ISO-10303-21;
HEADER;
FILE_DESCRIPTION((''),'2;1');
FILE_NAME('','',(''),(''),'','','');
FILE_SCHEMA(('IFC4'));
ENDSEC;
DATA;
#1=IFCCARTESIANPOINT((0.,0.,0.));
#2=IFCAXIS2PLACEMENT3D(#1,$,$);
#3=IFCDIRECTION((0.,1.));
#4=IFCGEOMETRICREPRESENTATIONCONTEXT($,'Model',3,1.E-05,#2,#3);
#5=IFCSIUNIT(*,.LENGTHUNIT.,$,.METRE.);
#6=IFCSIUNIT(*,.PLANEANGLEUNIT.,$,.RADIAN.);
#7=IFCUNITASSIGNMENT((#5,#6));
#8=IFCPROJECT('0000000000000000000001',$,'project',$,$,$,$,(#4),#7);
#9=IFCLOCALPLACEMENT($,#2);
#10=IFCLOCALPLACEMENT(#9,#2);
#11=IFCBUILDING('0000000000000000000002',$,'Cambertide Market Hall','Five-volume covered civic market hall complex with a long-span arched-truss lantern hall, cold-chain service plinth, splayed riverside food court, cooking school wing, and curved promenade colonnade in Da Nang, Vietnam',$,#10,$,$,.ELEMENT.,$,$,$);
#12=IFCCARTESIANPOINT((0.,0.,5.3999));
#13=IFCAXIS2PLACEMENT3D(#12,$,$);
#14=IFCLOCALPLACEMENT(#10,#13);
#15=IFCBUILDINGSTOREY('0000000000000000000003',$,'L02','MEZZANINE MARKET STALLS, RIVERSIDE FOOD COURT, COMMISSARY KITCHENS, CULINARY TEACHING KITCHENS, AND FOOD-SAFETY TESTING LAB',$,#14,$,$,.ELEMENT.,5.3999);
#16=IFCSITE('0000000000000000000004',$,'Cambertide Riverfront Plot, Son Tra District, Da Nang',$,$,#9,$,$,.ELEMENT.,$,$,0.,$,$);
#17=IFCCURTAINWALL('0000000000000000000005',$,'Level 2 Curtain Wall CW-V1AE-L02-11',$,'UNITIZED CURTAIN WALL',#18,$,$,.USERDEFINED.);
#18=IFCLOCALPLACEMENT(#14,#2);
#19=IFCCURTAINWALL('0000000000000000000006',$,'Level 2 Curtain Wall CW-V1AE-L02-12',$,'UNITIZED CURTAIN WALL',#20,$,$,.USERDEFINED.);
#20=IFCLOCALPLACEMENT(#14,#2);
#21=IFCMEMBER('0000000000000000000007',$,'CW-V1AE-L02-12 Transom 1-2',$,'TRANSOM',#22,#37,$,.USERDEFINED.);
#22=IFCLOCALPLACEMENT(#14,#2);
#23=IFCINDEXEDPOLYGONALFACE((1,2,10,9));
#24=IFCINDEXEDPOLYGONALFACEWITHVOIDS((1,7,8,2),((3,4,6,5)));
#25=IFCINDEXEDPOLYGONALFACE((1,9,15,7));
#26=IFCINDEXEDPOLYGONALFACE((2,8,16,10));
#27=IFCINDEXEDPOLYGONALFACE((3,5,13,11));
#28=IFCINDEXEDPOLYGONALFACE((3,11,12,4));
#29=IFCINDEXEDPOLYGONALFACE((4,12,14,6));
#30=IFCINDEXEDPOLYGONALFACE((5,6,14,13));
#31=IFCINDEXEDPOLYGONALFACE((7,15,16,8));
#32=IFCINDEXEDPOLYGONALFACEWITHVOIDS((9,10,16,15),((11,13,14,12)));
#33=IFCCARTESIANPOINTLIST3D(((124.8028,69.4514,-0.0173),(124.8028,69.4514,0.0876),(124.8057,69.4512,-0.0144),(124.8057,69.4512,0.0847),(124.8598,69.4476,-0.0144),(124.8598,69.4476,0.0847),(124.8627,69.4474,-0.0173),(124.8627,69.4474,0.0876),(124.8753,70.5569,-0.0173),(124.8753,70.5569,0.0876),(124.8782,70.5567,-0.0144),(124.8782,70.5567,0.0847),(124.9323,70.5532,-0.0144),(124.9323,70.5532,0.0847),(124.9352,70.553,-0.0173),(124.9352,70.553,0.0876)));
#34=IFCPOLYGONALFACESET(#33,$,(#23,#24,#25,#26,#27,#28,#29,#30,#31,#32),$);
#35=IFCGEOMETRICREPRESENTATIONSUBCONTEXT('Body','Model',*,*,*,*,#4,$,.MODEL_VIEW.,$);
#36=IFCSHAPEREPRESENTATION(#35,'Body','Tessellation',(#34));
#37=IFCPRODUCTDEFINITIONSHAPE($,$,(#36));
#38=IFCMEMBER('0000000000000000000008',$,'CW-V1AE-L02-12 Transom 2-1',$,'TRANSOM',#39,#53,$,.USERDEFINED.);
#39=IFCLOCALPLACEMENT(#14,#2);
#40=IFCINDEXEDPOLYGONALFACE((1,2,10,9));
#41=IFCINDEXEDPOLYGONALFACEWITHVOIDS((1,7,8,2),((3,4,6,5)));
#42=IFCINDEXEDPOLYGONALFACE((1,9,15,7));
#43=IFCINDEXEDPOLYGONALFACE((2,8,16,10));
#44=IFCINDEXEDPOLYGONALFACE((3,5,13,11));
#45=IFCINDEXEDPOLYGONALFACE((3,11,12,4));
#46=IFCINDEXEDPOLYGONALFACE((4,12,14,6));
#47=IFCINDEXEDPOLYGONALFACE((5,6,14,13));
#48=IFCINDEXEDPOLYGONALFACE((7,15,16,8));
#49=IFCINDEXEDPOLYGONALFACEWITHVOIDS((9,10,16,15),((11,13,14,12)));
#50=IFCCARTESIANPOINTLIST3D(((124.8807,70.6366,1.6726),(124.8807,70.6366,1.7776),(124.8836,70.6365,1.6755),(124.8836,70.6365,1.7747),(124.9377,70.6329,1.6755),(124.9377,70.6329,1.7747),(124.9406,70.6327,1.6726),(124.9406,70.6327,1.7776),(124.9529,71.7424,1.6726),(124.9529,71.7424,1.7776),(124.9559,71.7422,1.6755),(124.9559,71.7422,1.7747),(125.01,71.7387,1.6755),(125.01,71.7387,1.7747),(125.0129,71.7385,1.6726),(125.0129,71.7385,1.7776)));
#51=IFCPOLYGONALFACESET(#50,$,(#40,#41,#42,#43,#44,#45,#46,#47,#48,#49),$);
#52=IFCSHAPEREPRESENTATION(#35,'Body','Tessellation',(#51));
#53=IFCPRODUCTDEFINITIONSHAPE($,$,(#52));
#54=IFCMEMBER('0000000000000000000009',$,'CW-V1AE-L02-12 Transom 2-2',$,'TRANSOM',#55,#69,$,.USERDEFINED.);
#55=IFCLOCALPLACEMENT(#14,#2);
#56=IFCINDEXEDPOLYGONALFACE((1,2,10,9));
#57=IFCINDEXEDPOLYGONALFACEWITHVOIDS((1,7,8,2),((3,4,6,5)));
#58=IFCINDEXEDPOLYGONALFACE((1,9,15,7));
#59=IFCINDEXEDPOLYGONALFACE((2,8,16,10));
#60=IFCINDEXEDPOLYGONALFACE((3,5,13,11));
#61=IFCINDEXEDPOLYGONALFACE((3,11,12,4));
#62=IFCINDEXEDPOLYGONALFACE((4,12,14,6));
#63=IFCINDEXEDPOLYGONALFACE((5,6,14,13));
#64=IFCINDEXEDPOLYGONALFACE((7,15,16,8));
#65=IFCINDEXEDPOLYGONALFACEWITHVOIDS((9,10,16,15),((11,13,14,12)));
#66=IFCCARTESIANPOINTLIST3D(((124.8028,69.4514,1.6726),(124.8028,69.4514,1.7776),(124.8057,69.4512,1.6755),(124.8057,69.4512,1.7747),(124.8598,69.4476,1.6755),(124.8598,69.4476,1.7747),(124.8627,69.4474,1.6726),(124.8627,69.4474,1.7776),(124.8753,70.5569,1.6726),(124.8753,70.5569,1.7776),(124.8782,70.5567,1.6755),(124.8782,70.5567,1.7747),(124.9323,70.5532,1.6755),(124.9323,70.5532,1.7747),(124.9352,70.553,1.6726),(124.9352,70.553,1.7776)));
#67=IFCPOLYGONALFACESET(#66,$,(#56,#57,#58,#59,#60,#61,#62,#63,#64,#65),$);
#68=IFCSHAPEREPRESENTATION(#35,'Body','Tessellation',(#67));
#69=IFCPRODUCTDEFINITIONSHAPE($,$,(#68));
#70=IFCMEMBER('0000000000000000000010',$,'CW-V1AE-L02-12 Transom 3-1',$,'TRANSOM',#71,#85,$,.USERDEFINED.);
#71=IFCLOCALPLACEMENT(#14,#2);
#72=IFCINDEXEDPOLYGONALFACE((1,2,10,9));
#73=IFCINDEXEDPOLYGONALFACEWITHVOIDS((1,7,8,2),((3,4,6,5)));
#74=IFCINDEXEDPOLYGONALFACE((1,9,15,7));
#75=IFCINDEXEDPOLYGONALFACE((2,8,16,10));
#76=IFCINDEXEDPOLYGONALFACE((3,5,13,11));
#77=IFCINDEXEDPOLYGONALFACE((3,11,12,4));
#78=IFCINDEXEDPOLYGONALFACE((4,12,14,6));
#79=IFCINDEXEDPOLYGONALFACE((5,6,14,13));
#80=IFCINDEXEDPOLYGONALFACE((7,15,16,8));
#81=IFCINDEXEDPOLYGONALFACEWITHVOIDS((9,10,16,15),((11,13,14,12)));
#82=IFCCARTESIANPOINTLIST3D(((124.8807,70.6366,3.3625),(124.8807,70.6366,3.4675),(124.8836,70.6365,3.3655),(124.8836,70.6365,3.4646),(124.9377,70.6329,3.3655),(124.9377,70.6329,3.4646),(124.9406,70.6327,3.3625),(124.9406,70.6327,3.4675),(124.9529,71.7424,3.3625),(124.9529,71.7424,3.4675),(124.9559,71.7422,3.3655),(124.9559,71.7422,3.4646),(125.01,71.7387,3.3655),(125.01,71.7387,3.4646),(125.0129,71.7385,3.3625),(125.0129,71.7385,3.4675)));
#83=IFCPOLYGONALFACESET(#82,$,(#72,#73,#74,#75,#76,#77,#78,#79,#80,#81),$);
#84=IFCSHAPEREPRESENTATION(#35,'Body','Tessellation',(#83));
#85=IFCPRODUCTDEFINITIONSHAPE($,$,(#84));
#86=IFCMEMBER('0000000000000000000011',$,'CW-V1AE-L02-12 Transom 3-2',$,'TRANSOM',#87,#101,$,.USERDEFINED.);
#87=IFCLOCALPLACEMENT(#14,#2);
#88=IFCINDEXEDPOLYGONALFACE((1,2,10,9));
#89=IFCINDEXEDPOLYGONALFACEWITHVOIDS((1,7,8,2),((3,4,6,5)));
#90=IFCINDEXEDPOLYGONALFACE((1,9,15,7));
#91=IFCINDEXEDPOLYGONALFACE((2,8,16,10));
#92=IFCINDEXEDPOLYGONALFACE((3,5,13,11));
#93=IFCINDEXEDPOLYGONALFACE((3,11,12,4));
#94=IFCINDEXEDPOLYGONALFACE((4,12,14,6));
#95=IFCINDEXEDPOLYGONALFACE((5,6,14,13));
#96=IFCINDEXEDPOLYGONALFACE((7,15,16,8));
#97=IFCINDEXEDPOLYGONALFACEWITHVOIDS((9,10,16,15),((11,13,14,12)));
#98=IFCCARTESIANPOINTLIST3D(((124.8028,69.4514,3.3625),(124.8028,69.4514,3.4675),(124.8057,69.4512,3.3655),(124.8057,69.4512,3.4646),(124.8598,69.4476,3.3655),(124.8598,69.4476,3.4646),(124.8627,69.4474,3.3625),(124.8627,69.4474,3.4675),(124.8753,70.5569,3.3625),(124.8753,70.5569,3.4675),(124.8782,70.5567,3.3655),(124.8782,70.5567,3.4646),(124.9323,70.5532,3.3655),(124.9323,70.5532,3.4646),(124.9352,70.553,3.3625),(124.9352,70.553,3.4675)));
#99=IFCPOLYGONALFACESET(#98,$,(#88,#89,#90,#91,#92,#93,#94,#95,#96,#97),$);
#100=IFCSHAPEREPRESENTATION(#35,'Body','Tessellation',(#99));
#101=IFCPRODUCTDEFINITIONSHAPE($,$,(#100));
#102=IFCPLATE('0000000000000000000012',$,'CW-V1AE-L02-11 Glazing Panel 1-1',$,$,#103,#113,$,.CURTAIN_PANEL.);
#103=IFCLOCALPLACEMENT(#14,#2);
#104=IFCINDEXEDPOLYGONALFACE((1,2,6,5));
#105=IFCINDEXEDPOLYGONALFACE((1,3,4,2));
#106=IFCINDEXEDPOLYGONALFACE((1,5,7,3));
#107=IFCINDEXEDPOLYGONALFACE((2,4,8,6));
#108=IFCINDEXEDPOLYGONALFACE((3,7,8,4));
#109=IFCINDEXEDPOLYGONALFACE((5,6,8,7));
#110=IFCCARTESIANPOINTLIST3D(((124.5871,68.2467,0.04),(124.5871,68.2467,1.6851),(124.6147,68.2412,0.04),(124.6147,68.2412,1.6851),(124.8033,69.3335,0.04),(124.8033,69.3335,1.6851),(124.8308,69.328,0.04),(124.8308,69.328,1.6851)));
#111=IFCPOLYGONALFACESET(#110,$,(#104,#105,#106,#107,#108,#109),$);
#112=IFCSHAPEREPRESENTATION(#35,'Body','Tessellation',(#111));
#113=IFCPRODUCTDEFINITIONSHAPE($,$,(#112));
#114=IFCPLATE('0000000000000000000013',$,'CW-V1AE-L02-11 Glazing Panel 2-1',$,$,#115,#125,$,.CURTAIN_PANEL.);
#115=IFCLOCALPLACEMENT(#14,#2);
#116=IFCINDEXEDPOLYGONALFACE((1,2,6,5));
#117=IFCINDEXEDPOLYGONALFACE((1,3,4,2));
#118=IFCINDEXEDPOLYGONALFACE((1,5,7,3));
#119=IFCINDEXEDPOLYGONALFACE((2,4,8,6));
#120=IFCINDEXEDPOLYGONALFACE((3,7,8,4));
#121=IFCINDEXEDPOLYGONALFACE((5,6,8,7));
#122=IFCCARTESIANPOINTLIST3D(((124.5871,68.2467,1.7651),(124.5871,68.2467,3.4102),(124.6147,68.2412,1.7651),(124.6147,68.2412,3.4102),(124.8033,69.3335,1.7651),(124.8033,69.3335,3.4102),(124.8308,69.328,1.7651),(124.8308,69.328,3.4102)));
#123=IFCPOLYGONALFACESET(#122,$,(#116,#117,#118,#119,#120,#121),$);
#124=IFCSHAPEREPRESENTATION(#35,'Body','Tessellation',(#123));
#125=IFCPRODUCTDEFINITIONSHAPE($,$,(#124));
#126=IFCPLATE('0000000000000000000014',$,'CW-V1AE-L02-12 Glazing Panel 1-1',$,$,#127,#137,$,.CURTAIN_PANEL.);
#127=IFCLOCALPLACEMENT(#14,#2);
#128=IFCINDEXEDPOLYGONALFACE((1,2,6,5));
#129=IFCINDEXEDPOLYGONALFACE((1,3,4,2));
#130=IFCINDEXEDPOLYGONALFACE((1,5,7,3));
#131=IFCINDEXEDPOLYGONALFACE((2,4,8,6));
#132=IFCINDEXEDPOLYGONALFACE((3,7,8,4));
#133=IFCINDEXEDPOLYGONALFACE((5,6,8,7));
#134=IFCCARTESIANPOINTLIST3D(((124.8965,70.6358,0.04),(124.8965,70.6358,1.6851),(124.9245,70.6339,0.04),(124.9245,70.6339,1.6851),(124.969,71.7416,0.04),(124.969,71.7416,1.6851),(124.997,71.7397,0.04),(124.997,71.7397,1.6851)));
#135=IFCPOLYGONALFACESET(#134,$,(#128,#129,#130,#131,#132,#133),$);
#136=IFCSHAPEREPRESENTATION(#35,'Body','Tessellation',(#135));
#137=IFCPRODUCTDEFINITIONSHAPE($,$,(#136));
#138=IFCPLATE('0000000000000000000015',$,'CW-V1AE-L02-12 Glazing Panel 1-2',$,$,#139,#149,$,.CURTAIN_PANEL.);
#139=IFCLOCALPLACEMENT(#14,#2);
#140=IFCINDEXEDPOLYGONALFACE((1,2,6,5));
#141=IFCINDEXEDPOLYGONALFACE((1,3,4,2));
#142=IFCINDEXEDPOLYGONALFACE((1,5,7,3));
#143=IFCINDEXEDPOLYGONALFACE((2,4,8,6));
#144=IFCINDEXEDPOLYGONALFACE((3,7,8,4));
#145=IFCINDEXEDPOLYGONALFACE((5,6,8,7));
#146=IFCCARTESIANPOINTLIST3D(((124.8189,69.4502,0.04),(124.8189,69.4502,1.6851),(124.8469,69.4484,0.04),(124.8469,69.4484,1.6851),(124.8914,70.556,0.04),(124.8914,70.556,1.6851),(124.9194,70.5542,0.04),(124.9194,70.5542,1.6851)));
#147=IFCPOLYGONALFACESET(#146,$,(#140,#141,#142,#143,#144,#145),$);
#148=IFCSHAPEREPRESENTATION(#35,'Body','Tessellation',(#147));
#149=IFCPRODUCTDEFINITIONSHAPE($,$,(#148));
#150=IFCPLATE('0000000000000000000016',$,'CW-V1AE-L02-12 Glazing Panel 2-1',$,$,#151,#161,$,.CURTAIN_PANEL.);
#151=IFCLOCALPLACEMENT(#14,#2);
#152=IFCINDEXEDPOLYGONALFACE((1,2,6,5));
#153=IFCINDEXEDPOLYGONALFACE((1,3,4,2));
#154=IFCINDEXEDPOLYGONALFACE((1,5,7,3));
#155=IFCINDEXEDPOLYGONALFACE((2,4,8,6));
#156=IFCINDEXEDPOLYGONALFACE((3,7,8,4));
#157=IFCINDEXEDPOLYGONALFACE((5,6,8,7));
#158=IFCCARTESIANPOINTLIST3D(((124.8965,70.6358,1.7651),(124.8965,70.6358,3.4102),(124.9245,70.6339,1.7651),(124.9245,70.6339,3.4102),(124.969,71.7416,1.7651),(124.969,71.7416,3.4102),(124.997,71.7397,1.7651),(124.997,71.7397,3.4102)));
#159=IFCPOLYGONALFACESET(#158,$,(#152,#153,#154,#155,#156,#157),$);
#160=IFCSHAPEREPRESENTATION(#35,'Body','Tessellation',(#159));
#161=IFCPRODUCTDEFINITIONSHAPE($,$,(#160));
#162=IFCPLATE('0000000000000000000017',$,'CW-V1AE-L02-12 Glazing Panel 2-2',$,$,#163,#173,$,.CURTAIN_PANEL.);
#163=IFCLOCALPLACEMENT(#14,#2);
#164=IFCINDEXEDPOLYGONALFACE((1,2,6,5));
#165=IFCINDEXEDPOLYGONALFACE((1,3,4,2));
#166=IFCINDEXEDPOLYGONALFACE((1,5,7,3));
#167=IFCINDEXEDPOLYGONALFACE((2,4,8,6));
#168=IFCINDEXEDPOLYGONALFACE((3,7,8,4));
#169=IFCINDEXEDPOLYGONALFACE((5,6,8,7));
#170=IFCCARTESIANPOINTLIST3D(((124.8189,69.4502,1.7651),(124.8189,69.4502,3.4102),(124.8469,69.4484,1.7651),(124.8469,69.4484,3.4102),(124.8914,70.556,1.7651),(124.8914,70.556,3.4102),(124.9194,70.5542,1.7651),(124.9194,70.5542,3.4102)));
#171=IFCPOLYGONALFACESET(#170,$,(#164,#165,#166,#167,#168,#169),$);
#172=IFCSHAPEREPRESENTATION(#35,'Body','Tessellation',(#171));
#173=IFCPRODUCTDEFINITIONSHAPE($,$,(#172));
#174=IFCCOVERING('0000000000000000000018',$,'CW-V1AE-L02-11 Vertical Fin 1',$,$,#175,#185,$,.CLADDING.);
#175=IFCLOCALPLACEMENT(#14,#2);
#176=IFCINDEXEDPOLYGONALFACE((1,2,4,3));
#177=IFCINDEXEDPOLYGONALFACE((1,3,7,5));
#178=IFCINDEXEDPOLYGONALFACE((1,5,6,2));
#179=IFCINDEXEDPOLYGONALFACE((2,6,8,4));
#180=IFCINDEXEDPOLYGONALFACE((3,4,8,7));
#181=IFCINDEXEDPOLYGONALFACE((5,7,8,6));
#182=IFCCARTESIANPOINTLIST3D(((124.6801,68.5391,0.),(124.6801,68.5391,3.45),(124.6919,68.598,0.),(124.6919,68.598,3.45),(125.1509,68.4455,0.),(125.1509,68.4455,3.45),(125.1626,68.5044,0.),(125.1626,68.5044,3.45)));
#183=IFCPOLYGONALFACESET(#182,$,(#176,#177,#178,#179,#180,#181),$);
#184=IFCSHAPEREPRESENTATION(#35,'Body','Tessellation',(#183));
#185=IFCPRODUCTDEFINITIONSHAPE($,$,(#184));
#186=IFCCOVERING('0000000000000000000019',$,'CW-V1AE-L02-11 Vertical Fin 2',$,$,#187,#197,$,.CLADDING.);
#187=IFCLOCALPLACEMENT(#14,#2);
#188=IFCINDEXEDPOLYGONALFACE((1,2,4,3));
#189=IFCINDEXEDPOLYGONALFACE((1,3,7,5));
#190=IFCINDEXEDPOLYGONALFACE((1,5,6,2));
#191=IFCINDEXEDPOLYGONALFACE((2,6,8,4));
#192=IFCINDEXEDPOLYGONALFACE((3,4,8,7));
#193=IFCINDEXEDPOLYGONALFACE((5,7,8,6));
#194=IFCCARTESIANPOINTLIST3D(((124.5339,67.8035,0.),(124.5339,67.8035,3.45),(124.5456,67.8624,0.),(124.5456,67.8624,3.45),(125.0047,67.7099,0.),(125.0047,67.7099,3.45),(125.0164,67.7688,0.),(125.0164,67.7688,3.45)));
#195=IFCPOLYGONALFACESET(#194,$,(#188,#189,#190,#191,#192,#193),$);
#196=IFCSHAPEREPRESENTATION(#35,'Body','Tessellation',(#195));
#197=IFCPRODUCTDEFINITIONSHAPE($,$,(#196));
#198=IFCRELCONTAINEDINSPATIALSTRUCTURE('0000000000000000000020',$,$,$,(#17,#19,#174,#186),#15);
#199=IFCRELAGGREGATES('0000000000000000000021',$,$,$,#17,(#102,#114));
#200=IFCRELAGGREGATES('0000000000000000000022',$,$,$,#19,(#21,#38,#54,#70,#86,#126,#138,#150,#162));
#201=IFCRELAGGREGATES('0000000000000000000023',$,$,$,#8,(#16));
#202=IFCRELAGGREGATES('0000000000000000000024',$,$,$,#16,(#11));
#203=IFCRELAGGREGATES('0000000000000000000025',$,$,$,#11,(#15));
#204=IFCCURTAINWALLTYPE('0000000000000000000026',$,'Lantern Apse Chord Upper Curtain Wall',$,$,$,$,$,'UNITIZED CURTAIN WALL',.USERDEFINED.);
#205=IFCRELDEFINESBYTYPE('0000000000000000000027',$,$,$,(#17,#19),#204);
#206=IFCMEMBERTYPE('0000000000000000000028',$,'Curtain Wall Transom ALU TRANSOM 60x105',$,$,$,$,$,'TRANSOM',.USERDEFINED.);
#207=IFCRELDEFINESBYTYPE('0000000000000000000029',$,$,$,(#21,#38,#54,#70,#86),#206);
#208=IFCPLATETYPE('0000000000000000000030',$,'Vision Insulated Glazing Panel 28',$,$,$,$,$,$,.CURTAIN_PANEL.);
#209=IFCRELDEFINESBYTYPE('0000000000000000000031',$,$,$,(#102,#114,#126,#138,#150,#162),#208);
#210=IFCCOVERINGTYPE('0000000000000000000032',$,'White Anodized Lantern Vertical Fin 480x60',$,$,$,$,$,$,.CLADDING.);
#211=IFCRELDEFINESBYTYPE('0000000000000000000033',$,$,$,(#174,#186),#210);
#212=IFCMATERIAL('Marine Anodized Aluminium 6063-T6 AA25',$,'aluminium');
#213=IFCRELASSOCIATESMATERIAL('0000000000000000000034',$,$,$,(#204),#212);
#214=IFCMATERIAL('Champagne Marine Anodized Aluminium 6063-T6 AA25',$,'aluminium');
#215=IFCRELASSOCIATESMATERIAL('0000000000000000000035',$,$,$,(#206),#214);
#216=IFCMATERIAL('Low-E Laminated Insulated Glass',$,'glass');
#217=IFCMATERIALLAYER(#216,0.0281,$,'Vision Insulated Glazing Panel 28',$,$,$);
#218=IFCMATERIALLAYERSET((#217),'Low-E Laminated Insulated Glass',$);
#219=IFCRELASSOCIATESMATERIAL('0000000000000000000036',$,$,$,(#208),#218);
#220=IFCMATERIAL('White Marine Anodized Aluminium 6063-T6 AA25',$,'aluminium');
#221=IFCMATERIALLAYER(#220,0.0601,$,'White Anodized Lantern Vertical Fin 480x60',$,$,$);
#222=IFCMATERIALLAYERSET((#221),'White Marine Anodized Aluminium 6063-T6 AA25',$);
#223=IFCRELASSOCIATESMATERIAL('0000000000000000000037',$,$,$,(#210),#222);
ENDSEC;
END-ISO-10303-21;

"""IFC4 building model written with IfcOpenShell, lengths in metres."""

from ifc_helpers import new_model, si_unit, direction, frame, origin, origin_2d, place, context, subcontext, project, spatial, rectangle, hollow_rectangle, extrude, material, layer, layer_set, material_profile, profile_set, type_object, element, aggregate, save


model = new_model("IFC4")

# Units and contexts
model_context = context("Model", 3, precision=1e-05, world=origin(), true_north=direction((0.0, 1.0)))
body_context = subcontext(model_context, "Body", "Model", "MODEL_VIEW")
ifc_project = project(units=[si_unit("LENGTHUNIT", "METRE"), si_unit("PLANEANGLEUNIT", "RADIAN")], contexts=[model_context])

# Site, building, storey
site_placement = place(None, origin())
site = spatial("IfcSite", under=ifc_project, at=site_placement, Name="Cambertide Riverfront Plot, Son Tra District, Da Nang", CompositionType="ELEMENT", RefElevation=0.0)
building_placement = place(site_placement, origin())
building = spatial("IfcBuilding", under=site, at=building_placement, Name="Cambertide Market Hall", Description="Five-volume covered civic market hall complex with a long-span arched-truss lantern hall, cold-chain service plinth, splayed riverside food court, cooking school wing, and curved promenade colonnade in Da Nang, Vietnam", CompositionType="ELEMENT")
storey_placement = place(building_placement, frame((0.0, 0.0, 5.3999)))
storey = spatial("IfcBuildingStorey", under=building, at=storey_placement, Name="L02", Description="MEZZANINE MARKET STALLS, RIVERSIDE FOOD COURT, COMMISSARY KITCHENS, CULINARY TEACHING KITCHENS, AND FOOD-SAFETY TESTING LAB", CompositionType="ELEMENT", Elevation=5.3999)

# Curtain walls
ifc_material_1 = material(Name="Marine Anodized Aluminium 6063-T6 AA25", Category="aluminium")
curtain_wall_type = type_object("IfcCurtainWallType", Name="Lantern Apse Chord Upper Curtain Wall", ElementType="UNITIZED CURTAIN WALL", PredefinedType="USERDEFINED", material=ifc_material_1)
curtain_wall_1_placement = place(storey_placement, origin())
curtain_wall_1 = element("IfcCurtainWall", 1, at=curtain_wall_1_placement, inside=storey, type_object=curtain_wall_type, Name="Level 2 Curtain Wall CW-V1AE-L02-11", ObjectType="UNITIZED CURTAIN WALL", PredefinedType="USERDEFINED")
curtain_wall_2_placement = place(storey_placement, origin())
curtain_wall_2 = element("IfcCurtainWall", 2, at=curtain_wall_2_placement, inside=storey, type_object=curtain_wall_type, Name="Level 2 Curtain Wall CW-V1AE-L02-12", ObjectType="UNITIZED CURTAIN WALL", PredefinedType="USERDEFINED")

# Members
ifc_material_2 = material(Name="Champagne Marine Anodized Aluminium 6063-T6 AA25", Category="aluminium")
ifc_material_profile_1 = material_profile(ifc_material_2, hollow_rectangle(XDim=0.0601, YDim=0.105, WallThickness=0.0029, at=origin_2d()), Name="ALU TRANSOM 60x105")
ifc_profile_set_1 = profile_set([ifc_material_profile_1], Name="Champagne Marine Anodized Aluminium 6063-T6 AA25")
member_type_1 = type_object("IfcMemberType", Name="Curtain Wall Transom ALU TRANSOM 60x105", ElementType="TRANSOM", PredefinedType="USERDEFINED", material=ifc_profile_set_1)
member_1_placement = place(storey_placement, frame((124.9053, 70.5549, 0.0352), z_axis=(-0.065451, -0.997856, 0.0), x_axis=(0.997856, -0.065451, 0.0)))
member_1 = element("IfcMember", 3, at=member_1_placement, type_object=member_type_1, Name="CW-V1AE-L02-12 Transom 1-2", ObjectType="TRANSOM", PredefinedType="USERDEFINED", context=body_context, shape_type="SweptSolid", body=[
    extrude(hollow_rectangle(XDim=0.0601, YDim=0.105, WallThickness=0.0029, at=origin_2d()), origin(), (0.0, 0.0, 1.0), 1.1079),
])
member_2_placement = place(storey_placement, frame((124.9829, 71.7405, 1.7251), z_axis=(-0.065217, -0.997871, 0.0), x_axis=(0.997871, -0.065217, 0.0)))
member_2 = element("IfcMember", 4, at=member_2_placement, type_object=member_type_1, Name="CW-V1AE-L02-12 Transom 2-1", ObjectType="TRANSOM", PredefinedType="USERDEFINED", context=body_context, shape_type="SweptSolid", body=[
    extrude(hollow_rectangle(XDim=0.0601, YDim=0.105, WallThickness=0.0029, at=origin_2d()), origin(), (0.0, 0.0, 1.0), 1.1082),
])
member_3_placement = place(storey_placement, frame((124.9053, 70.5549, 1.7251), z_axis=(-0.065451, -0.997856, 0.0), x_axis=(0.997856, -0.065451, 0.0)))
member_3 = element("IfcMember", 5, at=member_3_placement, type_object=member_type_1, Name="CW-V1AE-L02-12 Transom 2-2", ObjectType="TRANSOM", PredefinedType="USERDEFINED", context=body_context, shape_type="SweptSolid", body=[
    extrude(hollow_rectangle(XDim=0.0601, YDim=0.105, WallThickness=0.0029, at=origin_2d()), origin(), (0.0, 0.0, 1.0), 1.1079),
])
member_4_placement = place(storey_placement, frame((124.9829, 71.7405, 3.415), z_axis=(-0.065217, -0.997871, 0.0), x_axis=(0.997871, -0.065217, 0.0)))
member_4 = element("IfcMember", 6, at=member_4_placement, type_object=member_type_1, Name="CW-V1AE-L02-12 Transom 3-1", ObjectType="TRANSOM", PredefinedType="USERDEFINED", context=body_context, shape_type="SweptSolid", body=[
    extrude(hollow_rectangle(XDim=0.0601, YDim=0.105, WallThickness=0.0029, at=origin_2d()), origin(), (0.0, 0.0, 1.0), 1.1082),
])
member_5_placement = place(storey_placement, frame((124.9053, 70.5549, 3.415), z_axis=(-0.065451, -0.997856, 0.0), x_axis=(0.997856, -0.065451, 0.0)))
member_5 = element("IfcMember", 7, at=member_5_placement, type_object=member_type_1, Name="CW-V1AE-L02-12 Transom 3-2", ObjectType="TRANSOM", PredefinedType="USERDEFINED", context=body_context, shape_type="SweptSolid", body=[
    extrude(hollow_rectangle(XDim=0.0601, YDim=0.105, WallThickness=0.0029, at=origin_2d()), origin(), (0.0, 0.0, 1.0), 1.1079),
])

# Plates
ifc_material_3 = material(Name="Low-E Laminated Insulated Glass", Category="glass")
ifc_layer_1 = layer(ifc_material_3, 0.0281, Name="Vision Insulated Glazing Panel 28")
ifc_layer_set_1 = layer_set([ifc_layer_1], Name="Low-E Laminated Insulated Glass")
plate_type = type_object("IfcPlateType", Name="Vision Insulated Glazing Panel 28", PredefinedType="CURTAIN_PANEL", material=ifc_layer_set_1)
plate_1_placement = place(storey_placement, frame((124.709, 68.7874, 0.04), z_axis=(0.0, 0.0, 1.0), x_axis=(-0.19509, -0.980785, 0.0)))
plate_1 = element("IfcPlate", 8, at=plate_1_placement, type_object=plate_type, Name="CW-V1AE-L02-11 Glazing Panel 1-1", PredefinedType="CURTAIN_PANEL", context=body_context, shape_type="SweptSolid", body=[
    extrude(rectangle(XDim=1.1082, YDim=0.0281, at=origin_2d()), origin(), (0.0, 0.0, 1.0), 1.645),
])
plate_2_placement = place(storey_placement, frame((124.709, 68.7874, 1.7651), z_axis=(0.0, 0.0, 1.0), x_axis=(-0.19509, -0.980785, 0.0)))
plate_2 = element("IfcPlate", 9, at=plate_2_placement, type_object=plate_type, Name="CW-V1AE-L02-11 Glazing Panel 2-1", PredefinedType="CURTAIN_PANEL", context=body_context, shape_type="SweptSolid", body=[
    extrude(rectangle(XDim=1.1082, YDim=0.0281, at=origin_2d()), origin(), (0.0, 0.0, 1.0), 1.645),
])
aggregate(curtain_wall_1, [plate_1, plate_2])
plate_3_placement = place(storey_placement, frame((124.9468, 71.1877, 0.04), z_axis=(0.0, 0.0, 1.0), x_axis=(-0.065403, -0.997859, 0.0)))
plate_3 = element("IfcPlate", 10, at=plate_3_placement, type_object=plate_type, Name="CW-V1AE-L02-12 Glazing Panel 1-1", PredefinedType="CURTAIN_PANEL", context=body_context, shape_type="SweptSolid", body=[
    extrude(rectangle(XDim=1.1082, YDim=0.0281, at=origin_2d()), origin(), (0.0, 0.0, 1.0), 1.645),
])
plate_4_placement = place(storey_placement, frame((124.8691, 70.0022, 0.04), z_axis=(0.0, 0.0, 1.0), x_axis=(-0.065403, -0.997859, 0.0)))
plate_4 = element("IfcPlate", 11, at=plate_4_placement, type_object=plate_type, Name="CW-V1AE-L02-12 Glazing Panel 1-2", PredefinedType="CURTAIN_PANEL", context=body_context, shape_type="SweptSolid", body=[
    extrude(rectangle(XDim=1.1082, YDim=0.0281, at=origin_2d()), origin(), (0.0, 0.0, 1.0), 1.645),
])
plate_5_placement = place(storey_placement, frame((124.9468, 71.1877, 1.7651), z_axis=(0.0, 0.0, 1.0), x_axis=(-0.065403, -0.997859, 0.0)))
plate_5 = element("IfcPlate", 12, at=plate_5_placement, type_object=plate_type, Name="CW-V1AE-L02-12 Glazing Panel 2-1", PredefinedType="CURTAIN_PANEL", context=body_context, shape_type="SweptSolid", body=[
    extrude(rectangle(XDim=1.1082, YDim=0.0281, at=origin_2d()), origin(), (0.0, 0.0, 1.0), 1.645),
])
plate_6_placement = place(storey_placement, frame((124.8691, 70.0022, 1.7651), z_axis=(0.0, 0.0, 1.0), x_axis=(-0.065403, -0.997859, 0.0)))
plate_6 = element("IfcPlate", 13, at=plate_6_placement, type_object=plate_type, Name="CW-V1AE-L02-12 Glazing Panel 2-2", PredefinedType="CURTAIN_PANEL", context=body_context, shape_type="SweptSolid", body=[
    extrude(rectangle(XDim=1.1082, YDim=0.0281, at=origin_2d()), origin(), (0.0, 0.0, 1.0), 1.645),
])
aggregate(curtain_wall_2, [member_1, member_2, member_3, member_4, member_5, plate_3, plate_4, plate_5, plate_6])

# Coverings
ifc_material_4 = material(Name="White Marine Anodized Aluminium 6063-T6 AA25", Category="aluminium")
ifc_layer_2 = layer(ifc_material_4, 0.0601, Name="White Anodized Lantern Vertical Fin 480x60")
ifc_layer_set_2 = layer_set([ifc_layer_2], Name="White Marine Anodized Aluminium 6063-T6 AA25")
covering_type = type_object("IfcCoveringType", Name="White Anodized Lantern Vertical Fin 480x60", PredefinedType="CLADDING", material=ifc_layer_set_2)
for number, where, z_axis, x_axis, name in (
    (14, (124.9214, 68.5217, 0.0), (0.0, 0.0, 1.0), (-0.19509, -0.980785, 0.0), "CW-V1AE-L02-11 Vertical Fin 1"),
    (15, (124.7751, 67.7861, 0.0), (0.0, 0.0, 1.0), (-0.19509, -0.980785, 0.0), "CW-V1AE-L02-11 Vertical Fin 2"),
):
    element("IfcCovering", number, at=place(storey_placement, frame(where, z_axis=z_axis, x_axis=x_axis)), inside=storey, type_object=covering_type, Name=name, PredefinedType="CLADDING", context=body_context, shape_type="SweptSolid", body=[
        extrude(rectangle(XDim=0.0601, YDim=0.48, at=origin_2d()), origin(), (0.0, 0.0, 1.0), 3.45),
    ])

save(model, "model.ifc")
